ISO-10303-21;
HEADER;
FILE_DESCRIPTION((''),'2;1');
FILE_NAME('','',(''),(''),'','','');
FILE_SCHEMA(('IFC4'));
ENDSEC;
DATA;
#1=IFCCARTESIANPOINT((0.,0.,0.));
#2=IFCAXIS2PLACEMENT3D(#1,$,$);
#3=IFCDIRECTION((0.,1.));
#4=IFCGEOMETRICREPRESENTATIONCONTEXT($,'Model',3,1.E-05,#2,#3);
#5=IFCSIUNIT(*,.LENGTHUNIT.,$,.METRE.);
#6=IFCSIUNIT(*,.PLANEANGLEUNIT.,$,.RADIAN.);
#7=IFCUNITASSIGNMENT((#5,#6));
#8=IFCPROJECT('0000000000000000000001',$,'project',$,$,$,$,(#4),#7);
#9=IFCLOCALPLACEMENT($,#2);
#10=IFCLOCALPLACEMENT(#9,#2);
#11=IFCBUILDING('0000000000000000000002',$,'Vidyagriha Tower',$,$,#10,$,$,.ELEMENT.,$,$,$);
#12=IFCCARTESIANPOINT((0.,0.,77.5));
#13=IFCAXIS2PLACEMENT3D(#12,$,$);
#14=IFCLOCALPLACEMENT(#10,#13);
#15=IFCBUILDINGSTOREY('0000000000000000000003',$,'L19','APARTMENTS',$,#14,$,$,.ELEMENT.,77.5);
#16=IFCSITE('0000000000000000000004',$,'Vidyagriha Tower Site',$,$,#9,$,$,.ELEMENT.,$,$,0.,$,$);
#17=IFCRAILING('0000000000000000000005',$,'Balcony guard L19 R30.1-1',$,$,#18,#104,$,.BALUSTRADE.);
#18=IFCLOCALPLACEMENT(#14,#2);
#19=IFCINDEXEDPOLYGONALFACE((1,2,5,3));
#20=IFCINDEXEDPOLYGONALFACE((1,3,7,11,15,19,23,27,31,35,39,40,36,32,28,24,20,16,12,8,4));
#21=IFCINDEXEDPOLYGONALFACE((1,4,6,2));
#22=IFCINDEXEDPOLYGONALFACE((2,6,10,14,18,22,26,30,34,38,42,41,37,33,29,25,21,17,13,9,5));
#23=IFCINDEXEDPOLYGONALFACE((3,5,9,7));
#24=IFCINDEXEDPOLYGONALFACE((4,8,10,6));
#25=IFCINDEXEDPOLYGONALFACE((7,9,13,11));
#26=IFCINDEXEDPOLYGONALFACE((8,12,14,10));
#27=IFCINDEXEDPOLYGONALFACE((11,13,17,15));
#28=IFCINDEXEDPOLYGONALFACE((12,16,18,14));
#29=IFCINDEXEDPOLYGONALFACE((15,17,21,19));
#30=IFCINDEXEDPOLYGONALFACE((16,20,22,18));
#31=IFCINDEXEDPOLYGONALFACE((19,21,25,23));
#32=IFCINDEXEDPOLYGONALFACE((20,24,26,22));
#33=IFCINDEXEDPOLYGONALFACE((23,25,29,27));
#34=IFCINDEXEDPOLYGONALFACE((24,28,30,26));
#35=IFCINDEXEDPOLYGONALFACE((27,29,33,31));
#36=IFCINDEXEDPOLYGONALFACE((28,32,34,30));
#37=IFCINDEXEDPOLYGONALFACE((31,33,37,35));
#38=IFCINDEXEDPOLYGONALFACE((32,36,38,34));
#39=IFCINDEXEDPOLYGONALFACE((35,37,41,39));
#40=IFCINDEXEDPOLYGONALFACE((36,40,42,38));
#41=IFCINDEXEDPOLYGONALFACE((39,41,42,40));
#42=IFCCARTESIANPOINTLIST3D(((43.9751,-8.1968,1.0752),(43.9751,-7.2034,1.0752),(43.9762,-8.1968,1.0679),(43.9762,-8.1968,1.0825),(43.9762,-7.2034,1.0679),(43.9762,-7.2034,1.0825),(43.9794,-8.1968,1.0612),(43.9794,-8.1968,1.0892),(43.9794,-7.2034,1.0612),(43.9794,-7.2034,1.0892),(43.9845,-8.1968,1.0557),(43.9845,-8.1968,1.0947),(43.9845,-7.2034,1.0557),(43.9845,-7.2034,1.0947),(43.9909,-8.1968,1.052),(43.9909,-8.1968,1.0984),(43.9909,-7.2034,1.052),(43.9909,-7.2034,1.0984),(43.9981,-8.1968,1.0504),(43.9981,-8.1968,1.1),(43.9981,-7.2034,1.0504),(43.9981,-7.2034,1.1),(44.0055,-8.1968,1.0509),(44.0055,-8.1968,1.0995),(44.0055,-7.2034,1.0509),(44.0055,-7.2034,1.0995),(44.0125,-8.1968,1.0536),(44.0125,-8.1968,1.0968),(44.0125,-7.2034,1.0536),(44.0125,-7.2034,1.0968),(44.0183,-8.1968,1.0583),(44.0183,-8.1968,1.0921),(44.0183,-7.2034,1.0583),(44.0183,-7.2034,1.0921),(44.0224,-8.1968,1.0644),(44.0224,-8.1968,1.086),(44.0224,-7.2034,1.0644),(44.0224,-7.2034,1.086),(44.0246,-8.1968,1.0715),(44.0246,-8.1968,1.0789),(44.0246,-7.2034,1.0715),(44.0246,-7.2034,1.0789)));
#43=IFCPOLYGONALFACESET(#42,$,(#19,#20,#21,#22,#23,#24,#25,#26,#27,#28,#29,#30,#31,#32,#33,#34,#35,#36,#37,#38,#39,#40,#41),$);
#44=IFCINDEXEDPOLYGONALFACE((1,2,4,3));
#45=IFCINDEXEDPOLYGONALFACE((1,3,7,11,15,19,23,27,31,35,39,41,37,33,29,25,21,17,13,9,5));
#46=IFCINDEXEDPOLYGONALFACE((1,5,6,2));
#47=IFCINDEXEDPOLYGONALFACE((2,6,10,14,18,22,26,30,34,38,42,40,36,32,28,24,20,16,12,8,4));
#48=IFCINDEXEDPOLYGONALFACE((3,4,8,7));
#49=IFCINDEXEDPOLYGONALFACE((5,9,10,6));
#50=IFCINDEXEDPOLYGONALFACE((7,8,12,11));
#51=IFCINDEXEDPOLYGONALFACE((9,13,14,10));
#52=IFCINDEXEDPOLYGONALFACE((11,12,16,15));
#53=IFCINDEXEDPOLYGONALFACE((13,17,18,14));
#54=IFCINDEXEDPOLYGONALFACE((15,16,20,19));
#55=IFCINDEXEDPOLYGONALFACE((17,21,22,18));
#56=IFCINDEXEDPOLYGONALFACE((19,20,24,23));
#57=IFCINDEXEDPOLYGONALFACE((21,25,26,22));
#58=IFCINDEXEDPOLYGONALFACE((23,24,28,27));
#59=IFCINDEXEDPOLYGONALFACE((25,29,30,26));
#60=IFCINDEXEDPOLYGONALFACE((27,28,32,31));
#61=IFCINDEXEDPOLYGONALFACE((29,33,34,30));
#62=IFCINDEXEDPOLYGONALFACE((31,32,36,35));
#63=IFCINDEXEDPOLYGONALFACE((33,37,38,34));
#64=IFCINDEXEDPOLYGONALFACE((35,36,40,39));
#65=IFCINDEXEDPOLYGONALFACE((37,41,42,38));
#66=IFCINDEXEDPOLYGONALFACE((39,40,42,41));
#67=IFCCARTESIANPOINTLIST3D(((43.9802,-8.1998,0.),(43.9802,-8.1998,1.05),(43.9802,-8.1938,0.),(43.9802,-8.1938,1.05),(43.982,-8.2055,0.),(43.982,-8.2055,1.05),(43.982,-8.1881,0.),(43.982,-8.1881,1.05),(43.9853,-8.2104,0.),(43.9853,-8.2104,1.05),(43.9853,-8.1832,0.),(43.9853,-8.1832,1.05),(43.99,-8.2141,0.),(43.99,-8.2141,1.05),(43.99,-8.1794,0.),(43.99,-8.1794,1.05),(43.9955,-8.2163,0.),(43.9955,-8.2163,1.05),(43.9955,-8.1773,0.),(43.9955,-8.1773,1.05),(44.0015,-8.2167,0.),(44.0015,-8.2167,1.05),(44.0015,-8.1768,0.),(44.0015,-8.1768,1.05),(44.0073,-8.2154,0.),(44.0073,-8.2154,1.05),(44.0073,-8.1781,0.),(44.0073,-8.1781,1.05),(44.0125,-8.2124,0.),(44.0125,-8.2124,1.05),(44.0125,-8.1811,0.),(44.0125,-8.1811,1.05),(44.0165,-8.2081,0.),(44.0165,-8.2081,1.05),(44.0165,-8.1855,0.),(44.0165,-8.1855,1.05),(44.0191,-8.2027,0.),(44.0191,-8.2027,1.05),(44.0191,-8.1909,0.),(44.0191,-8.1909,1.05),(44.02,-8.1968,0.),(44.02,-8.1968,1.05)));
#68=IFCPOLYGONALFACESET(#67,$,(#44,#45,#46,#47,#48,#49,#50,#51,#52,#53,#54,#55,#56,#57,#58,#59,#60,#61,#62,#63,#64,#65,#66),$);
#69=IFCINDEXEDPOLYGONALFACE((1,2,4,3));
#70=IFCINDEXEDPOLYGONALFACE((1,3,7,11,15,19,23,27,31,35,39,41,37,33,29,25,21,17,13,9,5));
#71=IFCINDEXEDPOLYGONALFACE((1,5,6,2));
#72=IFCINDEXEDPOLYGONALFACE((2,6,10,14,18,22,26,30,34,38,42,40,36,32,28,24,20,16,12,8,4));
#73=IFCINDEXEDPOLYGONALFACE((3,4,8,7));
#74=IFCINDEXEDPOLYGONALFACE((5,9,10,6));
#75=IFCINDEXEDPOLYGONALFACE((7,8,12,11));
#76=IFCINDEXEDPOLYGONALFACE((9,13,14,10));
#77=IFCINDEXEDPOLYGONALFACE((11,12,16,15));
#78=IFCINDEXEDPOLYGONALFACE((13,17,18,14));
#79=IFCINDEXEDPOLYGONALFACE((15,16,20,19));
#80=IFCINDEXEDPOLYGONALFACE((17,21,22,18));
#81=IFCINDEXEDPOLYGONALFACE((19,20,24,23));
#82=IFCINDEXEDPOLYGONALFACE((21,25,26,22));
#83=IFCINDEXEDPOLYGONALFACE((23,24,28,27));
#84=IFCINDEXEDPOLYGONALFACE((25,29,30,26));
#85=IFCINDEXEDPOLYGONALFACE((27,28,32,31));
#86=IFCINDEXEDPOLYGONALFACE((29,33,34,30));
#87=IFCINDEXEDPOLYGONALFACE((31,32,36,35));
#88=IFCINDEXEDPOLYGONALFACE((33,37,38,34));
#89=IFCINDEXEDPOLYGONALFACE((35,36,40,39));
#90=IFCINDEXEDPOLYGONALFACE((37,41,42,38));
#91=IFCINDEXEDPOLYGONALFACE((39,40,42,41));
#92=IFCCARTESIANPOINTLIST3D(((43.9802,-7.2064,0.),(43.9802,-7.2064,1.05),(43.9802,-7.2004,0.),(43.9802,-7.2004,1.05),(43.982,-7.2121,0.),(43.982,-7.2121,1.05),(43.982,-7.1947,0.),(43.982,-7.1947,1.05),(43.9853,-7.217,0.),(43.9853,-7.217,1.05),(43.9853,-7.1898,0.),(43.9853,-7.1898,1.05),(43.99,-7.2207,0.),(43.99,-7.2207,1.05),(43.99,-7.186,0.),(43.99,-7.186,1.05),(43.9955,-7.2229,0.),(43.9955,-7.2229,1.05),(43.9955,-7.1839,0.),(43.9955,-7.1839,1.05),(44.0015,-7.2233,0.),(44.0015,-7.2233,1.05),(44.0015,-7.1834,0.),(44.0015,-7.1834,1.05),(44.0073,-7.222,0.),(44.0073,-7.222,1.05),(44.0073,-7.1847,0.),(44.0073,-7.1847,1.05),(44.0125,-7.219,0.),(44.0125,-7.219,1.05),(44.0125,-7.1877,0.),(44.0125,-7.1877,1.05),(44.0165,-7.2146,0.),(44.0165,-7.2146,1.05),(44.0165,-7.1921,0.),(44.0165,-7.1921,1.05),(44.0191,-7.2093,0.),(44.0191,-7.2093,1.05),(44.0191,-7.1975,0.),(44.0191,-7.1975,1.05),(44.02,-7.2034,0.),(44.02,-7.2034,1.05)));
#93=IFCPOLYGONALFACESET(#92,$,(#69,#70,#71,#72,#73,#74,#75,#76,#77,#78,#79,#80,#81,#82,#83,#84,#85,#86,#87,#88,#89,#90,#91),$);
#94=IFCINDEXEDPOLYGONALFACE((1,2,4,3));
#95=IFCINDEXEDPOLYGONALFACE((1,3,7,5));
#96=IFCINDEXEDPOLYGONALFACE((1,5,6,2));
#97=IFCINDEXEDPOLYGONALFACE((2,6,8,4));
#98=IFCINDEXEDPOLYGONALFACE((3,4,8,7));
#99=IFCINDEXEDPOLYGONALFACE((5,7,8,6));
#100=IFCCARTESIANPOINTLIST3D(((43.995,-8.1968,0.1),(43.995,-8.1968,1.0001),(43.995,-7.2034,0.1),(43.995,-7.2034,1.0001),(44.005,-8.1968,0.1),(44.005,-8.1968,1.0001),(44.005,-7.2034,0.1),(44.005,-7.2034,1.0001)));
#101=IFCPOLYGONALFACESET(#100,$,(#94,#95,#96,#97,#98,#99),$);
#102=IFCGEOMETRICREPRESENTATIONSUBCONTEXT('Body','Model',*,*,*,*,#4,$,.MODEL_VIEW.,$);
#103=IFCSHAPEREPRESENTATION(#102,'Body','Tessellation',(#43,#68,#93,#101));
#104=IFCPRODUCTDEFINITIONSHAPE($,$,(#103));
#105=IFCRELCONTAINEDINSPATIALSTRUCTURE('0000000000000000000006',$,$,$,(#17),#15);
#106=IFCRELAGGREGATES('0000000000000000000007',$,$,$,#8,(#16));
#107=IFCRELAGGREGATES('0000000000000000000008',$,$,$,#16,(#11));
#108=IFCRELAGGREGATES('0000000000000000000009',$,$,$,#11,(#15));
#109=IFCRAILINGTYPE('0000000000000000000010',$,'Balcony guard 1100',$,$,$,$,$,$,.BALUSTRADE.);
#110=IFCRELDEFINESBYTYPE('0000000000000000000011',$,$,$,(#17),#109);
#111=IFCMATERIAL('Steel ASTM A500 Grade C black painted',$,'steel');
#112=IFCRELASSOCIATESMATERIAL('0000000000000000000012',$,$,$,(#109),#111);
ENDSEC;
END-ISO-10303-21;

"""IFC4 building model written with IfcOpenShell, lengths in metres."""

from ifc_helpers import new_model, si_unit, direction, frame, origin, origin_2d, place, context, subcontext, project, spatial, rectangle, circle, extrude, material, type_object, element, save


model = new_model("IFC4")

# Units and contexts
model_context = context("Model", 3, precision=1e-05, world=origin(), true_north=direction((0.0, 1.0)))
body_context = subcontext(model_context, "Body", "Model", "MODEL_VIEW")
ifc_project = project(units=[si_unit("LENGTHUNIT", "METRE"), si_unit("PLANEANGLEUNIT", "RADIAN")], contexts=[model_context])

# Site, building, storey
site_placement = place(None, origin())
site = spatial("IfcSite", under=ifc_project, at=site_placement, Name="Vidyagriha Tower Site", CompositionType="ELEMENT", RefElevation=0.0)
building_placement = place(site_placement, origin())
building = spatial("IfcBuilding", under=site, at=building_placement, Name="Vidyagriha Tower", CompositionType="ELEMENT")
storey_placement = place(building_placement, frame((0.0, 0.0, 77.5)))
storey = spatial("IfcBuildingStorey", under=building, at=storey_placement, Name="L19", Description="APARTMENTS", CompositionType="ELEMENT", Elevation=77.5)

# Railing
ifc_material_1 = material(Name="Steel ASTM A500 Grade C black painted", Category="steel")
railing_type_1 = type_object("IfcRailingType", Name="Balcony guard 1100", PredefinedType="BALUSTRADE", material=ifc_material_1)
railing_1_placement = place(storey_placement, frame((44.0, -8.1968, 0.0)))
element("IfcRailing", 1, at=railing_1_placement, inside=storey, type_object=railing_type_1, Name="Balcony guard L19 R30.1-1", PredefinedType="BALUSTRADE", context=body_context, shape_type="SweptSolid", body=[
    extrude(circle(Radius=0.0249, at=origin_2d()), frame((0.0, 0.0, 1.0752), z_axis=(0.0, 1.0, 0.0), x_axis=(-1.0, 0.0, 0.0)), (0.0, 0.0, 1.0), 0.9934),
    extrude(circle(Radius=0.02, at=origin_2d()), origin(), (0.0, 0.0, 1.0), 1.05),
    extrude(circle(Radius=0.02, at=origin_2d()), frame((0.0, 0.9934, 0.0)), (0.0, 0.0, 1.0), 1.05),
    extrude(rectangle(XDim=0.01, YDim=0.9001, at=origin_2d()), frame((0.0, 0.0, 0.55), z_axis=(0.0, 1.0, 0.0), x_axis=(-1.0, 0.0, 0.0)), (0.0, 0.0, 1.0), 0.9934),
])

save(model, "model.ifc")
